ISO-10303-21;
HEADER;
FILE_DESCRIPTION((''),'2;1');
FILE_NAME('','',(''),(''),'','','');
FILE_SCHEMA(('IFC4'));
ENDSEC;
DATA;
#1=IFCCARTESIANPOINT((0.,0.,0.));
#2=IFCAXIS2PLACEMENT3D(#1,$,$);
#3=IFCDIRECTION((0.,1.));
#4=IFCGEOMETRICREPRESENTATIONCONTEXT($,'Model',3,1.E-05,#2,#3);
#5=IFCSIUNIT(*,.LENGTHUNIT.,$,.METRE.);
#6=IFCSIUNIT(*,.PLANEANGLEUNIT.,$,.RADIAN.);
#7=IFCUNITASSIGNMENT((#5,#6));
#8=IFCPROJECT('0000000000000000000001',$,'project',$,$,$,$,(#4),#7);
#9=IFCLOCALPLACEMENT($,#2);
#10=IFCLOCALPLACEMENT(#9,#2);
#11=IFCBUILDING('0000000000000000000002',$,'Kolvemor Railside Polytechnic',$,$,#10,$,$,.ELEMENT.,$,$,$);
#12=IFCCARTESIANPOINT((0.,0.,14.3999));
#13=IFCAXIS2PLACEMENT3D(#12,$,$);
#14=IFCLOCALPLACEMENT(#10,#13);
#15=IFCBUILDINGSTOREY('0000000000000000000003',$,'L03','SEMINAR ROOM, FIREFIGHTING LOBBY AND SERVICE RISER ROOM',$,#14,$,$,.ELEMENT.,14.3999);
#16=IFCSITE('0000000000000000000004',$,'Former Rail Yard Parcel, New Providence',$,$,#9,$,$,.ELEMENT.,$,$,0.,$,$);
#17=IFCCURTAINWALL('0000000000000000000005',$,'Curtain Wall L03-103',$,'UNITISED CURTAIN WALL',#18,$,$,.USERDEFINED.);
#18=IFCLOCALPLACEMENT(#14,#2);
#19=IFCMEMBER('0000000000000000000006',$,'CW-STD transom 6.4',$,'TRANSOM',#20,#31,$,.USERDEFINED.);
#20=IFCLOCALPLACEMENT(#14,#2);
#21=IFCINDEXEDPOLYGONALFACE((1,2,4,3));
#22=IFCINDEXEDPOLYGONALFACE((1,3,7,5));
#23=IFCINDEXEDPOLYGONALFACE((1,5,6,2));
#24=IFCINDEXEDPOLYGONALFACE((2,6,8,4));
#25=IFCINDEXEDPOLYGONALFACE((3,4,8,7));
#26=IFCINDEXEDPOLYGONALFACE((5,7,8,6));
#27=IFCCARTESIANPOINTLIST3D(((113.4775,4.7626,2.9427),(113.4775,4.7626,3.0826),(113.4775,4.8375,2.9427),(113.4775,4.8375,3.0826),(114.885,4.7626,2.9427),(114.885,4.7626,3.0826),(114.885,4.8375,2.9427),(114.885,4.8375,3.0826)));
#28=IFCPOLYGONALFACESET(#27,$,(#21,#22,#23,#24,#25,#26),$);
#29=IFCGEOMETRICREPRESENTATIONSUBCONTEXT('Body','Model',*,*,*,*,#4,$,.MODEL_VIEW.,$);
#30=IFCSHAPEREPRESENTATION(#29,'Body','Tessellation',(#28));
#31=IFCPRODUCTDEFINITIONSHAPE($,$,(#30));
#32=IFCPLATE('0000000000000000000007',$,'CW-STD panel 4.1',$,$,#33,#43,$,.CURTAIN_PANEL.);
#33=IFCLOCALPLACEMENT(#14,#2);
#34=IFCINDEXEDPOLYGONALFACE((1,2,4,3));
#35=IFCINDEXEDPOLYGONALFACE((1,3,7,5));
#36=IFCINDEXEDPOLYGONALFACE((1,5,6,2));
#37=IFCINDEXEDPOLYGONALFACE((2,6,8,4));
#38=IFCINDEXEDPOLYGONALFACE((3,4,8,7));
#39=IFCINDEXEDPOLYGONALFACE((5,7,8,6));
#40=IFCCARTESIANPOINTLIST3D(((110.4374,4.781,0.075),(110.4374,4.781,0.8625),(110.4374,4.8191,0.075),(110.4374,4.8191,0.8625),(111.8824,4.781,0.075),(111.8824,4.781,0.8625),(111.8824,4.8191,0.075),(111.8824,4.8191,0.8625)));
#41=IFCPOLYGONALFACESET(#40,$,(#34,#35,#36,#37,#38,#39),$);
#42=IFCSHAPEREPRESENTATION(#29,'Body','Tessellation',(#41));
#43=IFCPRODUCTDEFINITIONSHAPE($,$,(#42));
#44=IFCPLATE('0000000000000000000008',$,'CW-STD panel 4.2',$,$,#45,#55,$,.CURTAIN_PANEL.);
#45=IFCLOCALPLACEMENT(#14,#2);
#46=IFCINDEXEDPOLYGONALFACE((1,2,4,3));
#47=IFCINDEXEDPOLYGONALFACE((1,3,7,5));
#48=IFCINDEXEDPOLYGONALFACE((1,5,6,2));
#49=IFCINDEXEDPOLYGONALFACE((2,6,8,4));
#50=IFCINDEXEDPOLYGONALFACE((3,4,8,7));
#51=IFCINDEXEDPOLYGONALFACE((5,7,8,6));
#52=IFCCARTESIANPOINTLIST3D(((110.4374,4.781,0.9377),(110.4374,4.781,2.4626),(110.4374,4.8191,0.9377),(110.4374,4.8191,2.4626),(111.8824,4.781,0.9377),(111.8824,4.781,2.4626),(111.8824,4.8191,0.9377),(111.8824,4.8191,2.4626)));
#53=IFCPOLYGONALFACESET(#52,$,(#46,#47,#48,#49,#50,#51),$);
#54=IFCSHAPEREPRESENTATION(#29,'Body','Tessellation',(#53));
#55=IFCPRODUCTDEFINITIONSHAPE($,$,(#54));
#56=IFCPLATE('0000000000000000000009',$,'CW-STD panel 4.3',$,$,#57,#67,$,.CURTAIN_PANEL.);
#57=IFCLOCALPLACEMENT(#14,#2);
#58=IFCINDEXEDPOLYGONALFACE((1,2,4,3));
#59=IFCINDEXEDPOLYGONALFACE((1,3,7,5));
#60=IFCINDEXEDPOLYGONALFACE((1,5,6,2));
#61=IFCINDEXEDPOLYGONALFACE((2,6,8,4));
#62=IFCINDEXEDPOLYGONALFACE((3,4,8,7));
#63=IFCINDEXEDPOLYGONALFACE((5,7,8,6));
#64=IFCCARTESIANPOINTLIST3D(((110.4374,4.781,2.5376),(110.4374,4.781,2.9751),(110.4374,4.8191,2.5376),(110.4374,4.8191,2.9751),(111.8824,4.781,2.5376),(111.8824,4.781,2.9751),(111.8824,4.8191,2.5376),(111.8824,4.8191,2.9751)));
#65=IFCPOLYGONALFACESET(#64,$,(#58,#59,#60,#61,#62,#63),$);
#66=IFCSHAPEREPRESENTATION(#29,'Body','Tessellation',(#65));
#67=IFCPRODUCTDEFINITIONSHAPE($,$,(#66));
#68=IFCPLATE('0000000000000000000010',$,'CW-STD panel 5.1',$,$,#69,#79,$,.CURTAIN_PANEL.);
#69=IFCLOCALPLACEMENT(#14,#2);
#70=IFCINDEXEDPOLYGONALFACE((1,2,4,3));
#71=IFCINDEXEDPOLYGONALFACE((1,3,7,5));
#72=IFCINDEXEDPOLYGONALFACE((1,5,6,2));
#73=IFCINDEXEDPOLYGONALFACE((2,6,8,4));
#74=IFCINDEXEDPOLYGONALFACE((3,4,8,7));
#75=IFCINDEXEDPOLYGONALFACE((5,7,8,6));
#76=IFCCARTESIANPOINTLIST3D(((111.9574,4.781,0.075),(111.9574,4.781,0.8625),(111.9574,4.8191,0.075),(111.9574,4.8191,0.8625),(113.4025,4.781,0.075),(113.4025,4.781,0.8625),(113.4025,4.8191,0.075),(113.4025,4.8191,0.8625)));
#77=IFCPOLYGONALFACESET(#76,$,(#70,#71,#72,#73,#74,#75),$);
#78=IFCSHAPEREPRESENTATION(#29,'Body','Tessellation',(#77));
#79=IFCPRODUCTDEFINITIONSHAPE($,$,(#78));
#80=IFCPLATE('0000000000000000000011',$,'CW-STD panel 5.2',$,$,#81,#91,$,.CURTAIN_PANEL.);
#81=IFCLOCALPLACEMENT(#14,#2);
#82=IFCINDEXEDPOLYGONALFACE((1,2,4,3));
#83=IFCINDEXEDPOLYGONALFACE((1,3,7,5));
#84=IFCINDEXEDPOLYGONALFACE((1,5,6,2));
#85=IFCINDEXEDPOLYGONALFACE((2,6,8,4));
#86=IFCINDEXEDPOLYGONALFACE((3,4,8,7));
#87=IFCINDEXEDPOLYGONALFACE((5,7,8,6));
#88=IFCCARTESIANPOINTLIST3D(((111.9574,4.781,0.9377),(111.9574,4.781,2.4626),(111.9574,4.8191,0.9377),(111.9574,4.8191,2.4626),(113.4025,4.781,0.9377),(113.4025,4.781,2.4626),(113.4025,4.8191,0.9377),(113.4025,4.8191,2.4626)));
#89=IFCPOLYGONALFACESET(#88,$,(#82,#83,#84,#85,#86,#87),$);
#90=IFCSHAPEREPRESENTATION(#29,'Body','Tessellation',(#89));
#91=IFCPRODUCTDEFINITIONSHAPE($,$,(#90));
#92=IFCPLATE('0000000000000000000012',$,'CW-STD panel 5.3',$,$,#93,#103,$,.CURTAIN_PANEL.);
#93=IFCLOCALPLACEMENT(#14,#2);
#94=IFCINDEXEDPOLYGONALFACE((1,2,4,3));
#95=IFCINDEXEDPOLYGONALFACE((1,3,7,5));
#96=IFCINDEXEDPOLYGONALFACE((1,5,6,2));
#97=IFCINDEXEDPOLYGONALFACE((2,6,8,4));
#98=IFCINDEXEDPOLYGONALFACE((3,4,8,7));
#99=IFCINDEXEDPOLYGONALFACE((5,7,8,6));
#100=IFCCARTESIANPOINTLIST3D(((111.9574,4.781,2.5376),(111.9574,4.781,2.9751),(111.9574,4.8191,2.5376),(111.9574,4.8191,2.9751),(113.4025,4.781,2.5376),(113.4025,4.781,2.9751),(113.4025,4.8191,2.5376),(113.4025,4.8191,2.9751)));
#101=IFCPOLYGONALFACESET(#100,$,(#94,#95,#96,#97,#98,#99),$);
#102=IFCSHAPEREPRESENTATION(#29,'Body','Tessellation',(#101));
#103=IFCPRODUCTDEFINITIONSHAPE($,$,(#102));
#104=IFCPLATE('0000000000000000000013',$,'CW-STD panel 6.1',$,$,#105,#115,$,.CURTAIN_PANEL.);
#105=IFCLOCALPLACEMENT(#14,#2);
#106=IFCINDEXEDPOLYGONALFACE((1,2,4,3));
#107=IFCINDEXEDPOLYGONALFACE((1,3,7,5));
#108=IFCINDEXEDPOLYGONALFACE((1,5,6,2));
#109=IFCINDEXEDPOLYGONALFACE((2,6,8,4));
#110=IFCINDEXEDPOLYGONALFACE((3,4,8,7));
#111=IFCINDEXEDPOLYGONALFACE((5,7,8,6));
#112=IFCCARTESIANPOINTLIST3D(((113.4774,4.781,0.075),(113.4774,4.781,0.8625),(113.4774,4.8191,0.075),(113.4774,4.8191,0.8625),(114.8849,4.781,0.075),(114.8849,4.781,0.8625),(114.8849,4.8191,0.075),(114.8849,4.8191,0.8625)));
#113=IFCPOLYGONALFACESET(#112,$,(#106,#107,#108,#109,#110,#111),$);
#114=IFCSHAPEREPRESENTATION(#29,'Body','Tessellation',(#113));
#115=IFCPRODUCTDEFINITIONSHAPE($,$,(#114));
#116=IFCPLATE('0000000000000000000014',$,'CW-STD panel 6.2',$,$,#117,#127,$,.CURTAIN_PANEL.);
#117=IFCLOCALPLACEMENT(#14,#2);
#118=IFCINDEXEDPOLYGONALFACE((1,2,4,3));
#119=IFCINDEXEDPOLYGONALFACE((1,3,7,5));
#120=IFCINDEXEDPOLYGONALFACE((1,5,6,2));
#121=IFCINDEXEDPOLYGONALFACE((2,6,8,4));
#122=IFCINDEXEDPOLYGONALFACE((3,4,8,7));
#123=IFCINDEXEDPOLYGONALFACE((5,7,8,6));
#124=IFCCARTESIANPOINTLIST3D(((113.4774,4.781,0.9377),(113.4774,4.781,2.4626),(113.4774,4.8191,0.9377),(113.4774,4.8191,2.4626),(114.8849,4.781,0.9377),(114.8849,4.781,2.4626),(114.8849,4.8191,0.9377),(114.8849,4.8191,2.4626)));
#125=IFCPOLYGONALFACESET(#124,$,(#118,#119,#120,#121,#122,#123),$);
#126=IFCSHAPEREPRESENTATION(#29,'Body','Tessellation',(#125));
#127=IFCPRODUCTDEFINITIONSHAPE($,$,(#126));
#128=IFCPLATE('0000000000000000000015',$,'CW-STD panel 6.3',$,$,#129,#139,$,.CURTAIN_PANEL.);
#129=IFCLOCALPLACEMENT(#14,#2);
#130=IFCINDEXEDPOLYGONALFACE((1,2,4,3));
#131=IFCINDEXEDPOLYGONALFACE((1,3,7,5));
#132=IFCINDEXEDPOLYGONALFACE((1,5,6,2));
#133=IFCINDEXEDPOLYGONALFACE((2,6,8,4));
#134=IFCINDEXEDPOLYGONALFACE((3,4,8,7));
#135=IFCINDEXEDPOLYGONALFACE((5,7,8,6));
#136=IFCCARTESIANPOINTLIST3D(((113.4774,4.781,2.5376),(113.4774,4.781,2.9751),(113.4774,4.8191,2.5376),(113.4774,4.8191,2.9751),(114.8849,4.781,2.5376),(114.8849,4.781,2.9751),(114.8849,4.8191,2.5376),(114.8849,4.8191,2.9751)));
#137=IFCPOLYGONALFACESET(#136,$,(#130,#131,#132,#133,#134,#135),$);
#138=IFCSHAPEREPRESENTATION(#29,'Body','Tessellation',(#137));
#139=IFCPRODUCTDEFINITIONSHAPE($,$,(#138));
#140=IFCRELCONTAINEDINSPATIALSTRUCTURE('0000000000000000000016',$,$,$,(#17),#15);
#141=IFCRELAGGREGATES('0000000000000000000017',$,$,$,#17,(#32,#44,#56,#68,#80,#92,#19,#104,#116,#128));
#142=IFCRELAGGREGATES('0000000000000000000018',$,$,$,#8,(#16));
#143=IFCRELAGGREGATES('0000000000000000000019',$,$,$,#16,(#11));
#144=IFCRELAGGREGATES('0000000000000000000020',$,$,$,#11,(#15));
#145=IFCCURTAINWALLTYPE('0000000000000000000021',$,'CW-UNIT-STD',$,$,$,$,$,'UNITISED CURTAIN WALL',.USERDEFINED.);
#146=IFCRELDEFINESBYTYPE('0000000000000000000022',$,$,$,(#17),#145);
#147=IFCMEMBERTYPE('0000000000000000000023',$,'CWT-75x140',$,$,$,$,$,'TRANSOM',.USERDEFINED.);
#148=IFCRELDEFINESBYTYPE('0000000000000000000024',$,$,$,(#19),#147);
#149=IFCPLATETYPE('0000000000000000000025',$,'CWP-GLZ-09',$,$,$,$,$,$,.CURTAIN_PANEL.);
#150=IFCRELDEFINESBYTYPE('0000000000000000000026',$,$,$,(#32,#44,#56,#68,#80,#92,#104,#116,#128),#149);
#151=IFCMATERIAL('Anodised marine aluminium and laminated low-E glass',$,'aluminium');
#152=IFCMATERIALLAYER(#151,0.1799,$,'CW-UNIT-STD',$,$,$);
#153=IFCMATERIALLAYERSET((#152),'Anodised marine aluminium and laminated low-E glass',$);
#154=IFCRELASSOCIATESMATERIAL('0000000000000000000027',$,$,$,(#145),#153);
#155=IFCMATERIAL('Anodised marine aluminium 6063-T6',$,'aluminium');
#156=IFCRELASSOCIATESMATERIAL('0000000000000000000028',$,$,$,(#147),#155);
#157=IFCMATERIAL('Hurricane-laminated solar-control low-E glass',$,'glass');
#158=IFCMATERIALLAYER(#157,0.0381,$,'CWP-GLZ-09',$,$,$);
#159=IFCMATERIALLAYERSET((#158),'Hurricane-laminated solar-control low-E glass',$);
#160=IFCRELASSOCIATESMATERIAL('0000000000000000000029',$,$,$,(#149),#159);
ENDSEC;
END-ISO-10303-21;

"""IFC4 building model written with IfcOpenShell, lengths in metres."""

from ifc_helpers import new_model, si_unit, direction, frame, origin, origin_2d, place, context, subcontext, project, spatial, rectangle, extrude, material, layer, layer_set, material_profile, profile_set, type_object, element, aggregate, save


model = new_model("IFC4")

# Units and contexts
model_context = context("Model", 3, precision=1e-05, world=origin(), true_north=direction((0.0, 1.0)))
body_context = subcontext(model_context, "Body", "Model", "MODEL_VIEW")
ifc_project = project(units=[si_unit("LENGTHUNIT", "METRE"), si_unit("PLANEANGLEUNIT", "RADIAN")], contexts=[model_context])

# Site, building, storey
site_placement = place(None, origin())
site = spatial("IfcSite", under=ifc_project, at=site_placement, Name="Former Rail Yard Parcel, New Providence", CompositionType="ELEMENT", RefElevation=0.0)
building_placement = place(site_placement, origin())
building = spatial("IfcBuilding", under=site, at=building_placement, Name="Kolvemor Railside Polytechnic", CompositionType="ELEMENT")
storey_placement = place(building_placement, frame((0.0, 0.0, 14.3999)))
storey = spatial("IfcBuildingStorey", under=building, at=storey_placement, Name="L03", Description="SEMINAR ROOM, FIREFIGHTING LOBBY AND SERVICE RISER ROOM", CompositionType="ELEMENT", Elevation=14.3999)

# Curtain wall, member, plates
ifc_material_1 = material(Name="Anodised marine aluminium and laminated low-E glass", Category="aluminium")
ifc_layer_1 = layer(ifc_material_1, 0.1799, Name="CW-UNIT-STD")
ifc_layer_set_1 = layer_set([ifc_layer_1], Name="Anodised marine aluminium and laminated low-E glass")
curtain_wall_type = type_object("IfcCurtainWallType", Name="CW-UNIT-STD", ElementType="UNITISED CURTAIN WALL", PredefinedType="USERDEFINED", material=ifc_layer_set_1)
curtain_wall_placement = place(storey_placement, origin())
curtain_wall = element("IfcCurtainWall", 1, at=curtain_wall_placement, inside=storey, type_object=curtain_wall_type, Name="Curtain Wall L03-103", ObjectType="UNITISED CURTAIN WALL", PredefinedType="USERDEFINED")
ifc_material_2 = material(Name="Anodised marine aluminium 6063-T6", Category="aluminium")
ifc_material_profile_1 = material_profile(ifc_material_2, rectangle(XDim=0.075, YDim=0.1399, at=origin_2d()), Name="CW-TRN-75x140")
ifc_profile_set_1 = profile_set([ifc_material_profile_1], Name="Anodised marine aluminium 6063-T6")
member_type_1 = type_object("IfcMemberType", Name="CWT-75x140", ElementType="TRANSOM", PredefinedType="USERDEFINED", material=ifc_profile_set_1)
member_1_placement = place(storey_placement, frame((113.4775, 4.8, 3.0127), z_axis=(1.0, 0.0, 0.0), x_axis=(0.0, 1.0, 0.0)))
member_1 = element("IfcMember", 2, at=member_1_placement, type_object=member_type_1, Name="CW-STD transom 6.4", ObjectType="TRANSOM", PredefinedType="USERDEFINED", context=body_context, shape_type="SweptSolid", body=[
    extrude(rectangle(XDim=0.075, YDim=0.1399, at=origin_2d()), origin(), (0.0, 0.0, 1.0), 1.4075),
])
ifc_material_3 = material(Name="Hurricane-laminated solar-control low-E glass", Category="glass")
ifc_layer_2 = layer(ifc_material_3, 0.0381, Name="CWP-GLZ-09")
ifc_layer_set_2 = layer_set([ifc_layer_2], Name="Hurricane-laminated solar-control low-E glass")
plate_type = type_object("IfcPlateType", Name="CWP-GLZ-09", PredefinedType="CURTAIN_PANEL", material=ifc_layer_set_2)
plate_1_placement = place(storey_placement, frame((111.1599, 4.8, 0.075), z_axis=(0.0, 0.0, 1.0), x_axis=(1.0, 0.0, 0.0)))
plate_1 = element("IfcPlate", 3, at=plate_1_placement, type_object=plate_type, Name="CW-STD panel 4.1", PredefinedType="CURTAIN_PANEL", context=body_context, shape_type="SweptSolid", body=[
    extrude(rectangle(XDim=1.4451, YDim=0.0381, at=origin_2d()), origin(), (0.0, 0.0, 1.0), 0.7876),
])
plate_2_placement = place(storey_placement, frame((111.1599, 4.8, 0.9377), z_axis=(0.0, 0.0, 1.0), x_axis=(1.0, 0.0, 0.0)))
plate_2 = element("IfcPlate", 4, at=plate_2_placement, type_object=plate_type, Name="CW-STD panel 4.2", PredefinedType="CURTAIN_PANEL", context=body_context, shape_type="SweptSolid", body=[
    extrude(rectangle(XDim=1.4451, YDim=0.0381, at=origin_2d()), origin(), (0.0, 0.0, 1.0), 1.5249),
])
plate_3_placement = place(storey_placement, frame((111.1599, 4.8, 2.5376), z_axis=(0.0, 0.0, 1.0), x_axis=(1.0, 0.0, 0.0)))
plate_3 = element("IfcPlate", 5, at=plate_3_placement, type_object=plate_type, Name="CW-STD panel 4.3", PredefinedType="CURTAIN_PANEL", context=body_context, shape_type="SweptSolid", body=[
    extrude(rectangle(XDim=1.4451, YDim=0.0381, at=origin_2d()), origin(), (0.0, 0.0, 1.0), 0.4375),
])
plate_4_placement = place(storey_placement, frame((112.6799, 4.8, 0.075), z_axis=(0.0, 0.0, 1.0), x_axis=(1.0, 0.0, 0.0)))
plate_4 = element("IfcPlate", 6, at=plate_4_placement, type_object=plate_type, Name="CW-STD panel 5.1", PredefinedType="CURTAIN_PANEL", context=body_context, shape_type="SweptSolid", body=[
    extrude(rectangle(XDim=1.4451, YDim=0.0381, at=origin_2d()), origin(), (0.0, 0.0, 1.0), 0.7876),
])
plate_5_placement = place(storey_placement, frame((112.6799, 4.8, 0.9377), z_axis=(0.0, 0.0, 1.0), x_axis=(1.0, 0.0, 0.0)))
plate_5 = element("IfcPlate", 7, at=plate_5_placement, type_object=plate_type, Name="CW-STD panel 5.2", PredefinedType="CURTAIN_PANEL", context=body_context, shape_type="SweptSolid", body=[
    extrude(rectangle(XDim=1.4451, YDim=0.0381, at=origin_2d()), origin(), (0.0, 0.0, 1.0), 1.5249),
])
plate_6_placement = place(storey_placement, frame((112.6799, 4.8, 2.5376), z_axis=(0.0, 0.0, 1.0), x_axis=(1.0, 0.0, 0.0)))
plate_6 = element("IfcPlate", 8, at=plate_6_placement, type_object=plate_type, Name="CW-STD panel 5.3", PredefinedType="CURTAIN_PANEL", context=body_context, shape_type="SweptSolid", body=[
    extrude(rectangle(XDim=1.4451, YDim=0.0381, at=origin_2d()), origin(), (0.0, 0.0, 1.0), 0.4375),
])
plate_7_placement = place(storey_placement, frame((114.1812, 4.8, 0.075), z_axis=(0.0, 0.0, 1.0), x_axis=(1.0, 0.0, 0.0)))
plate_7 = element("IfcPlate", 9, at=plate_7_placement, type_object=plate_type, Name="CW-STD panel 6.1", PredefinedType="CURTAIN_PANEL", context=body_context, shape_type="SweptSolid", body=[
    extrude(rectangle(XDim=1.4075, YDim=0.0381, at=origin_2d()), origin(), (0.0, 0.0, 1.0), 0.7876),
])
plate_8_placement = place(storey_placement, frame((114.1812, 4.8, 0.9377), z_axis=(0.0, 0.0, 1.0), x_axis=(1.0, 0.0, 0.0)))
plate_8 = element("IfcPlate", 10, at=plate_8_placement, type_object=plate_type, Name="CW-STD panel 6.2", PredefinedType="CURTAIN_PANEL", context=body_context, shape_type="SweptSolid", body=[
    extrude(rectangle(XDim=1.4075, YDim=0.0381, at=origin_2d()), origin(), (0.0, 0.0, 1.0), 1.5249),
])
plate_9_placement = place(storey_placement, frame((114.1812, 4.8, 2.5376), z_axis=(0.0, 0.0, 1.0), x_axis=(1.0, 0.0, 0.0)))
plate_9 = element("IfcPlate", 11, at=plate_9_placement, type_object=plate_type, Name="CW-STD panel 6.3", PredefinedType="CURTAIN_PANEL", context=body_context, shape_type="SweptSolid", body=[
    extrude(rectangle(XDim=1.4075, YDim=0.0381, at=origin_2d()), origin(), (0.0, 0.0, 1.0), 0.4375),
])
aggregate(curtain_wall, [plate_1, plate_2, plate_3, plate_4, plate_5, plate_6, member_1, plate_7, plate_8, plate_9])

save(model, "model.ifc")
